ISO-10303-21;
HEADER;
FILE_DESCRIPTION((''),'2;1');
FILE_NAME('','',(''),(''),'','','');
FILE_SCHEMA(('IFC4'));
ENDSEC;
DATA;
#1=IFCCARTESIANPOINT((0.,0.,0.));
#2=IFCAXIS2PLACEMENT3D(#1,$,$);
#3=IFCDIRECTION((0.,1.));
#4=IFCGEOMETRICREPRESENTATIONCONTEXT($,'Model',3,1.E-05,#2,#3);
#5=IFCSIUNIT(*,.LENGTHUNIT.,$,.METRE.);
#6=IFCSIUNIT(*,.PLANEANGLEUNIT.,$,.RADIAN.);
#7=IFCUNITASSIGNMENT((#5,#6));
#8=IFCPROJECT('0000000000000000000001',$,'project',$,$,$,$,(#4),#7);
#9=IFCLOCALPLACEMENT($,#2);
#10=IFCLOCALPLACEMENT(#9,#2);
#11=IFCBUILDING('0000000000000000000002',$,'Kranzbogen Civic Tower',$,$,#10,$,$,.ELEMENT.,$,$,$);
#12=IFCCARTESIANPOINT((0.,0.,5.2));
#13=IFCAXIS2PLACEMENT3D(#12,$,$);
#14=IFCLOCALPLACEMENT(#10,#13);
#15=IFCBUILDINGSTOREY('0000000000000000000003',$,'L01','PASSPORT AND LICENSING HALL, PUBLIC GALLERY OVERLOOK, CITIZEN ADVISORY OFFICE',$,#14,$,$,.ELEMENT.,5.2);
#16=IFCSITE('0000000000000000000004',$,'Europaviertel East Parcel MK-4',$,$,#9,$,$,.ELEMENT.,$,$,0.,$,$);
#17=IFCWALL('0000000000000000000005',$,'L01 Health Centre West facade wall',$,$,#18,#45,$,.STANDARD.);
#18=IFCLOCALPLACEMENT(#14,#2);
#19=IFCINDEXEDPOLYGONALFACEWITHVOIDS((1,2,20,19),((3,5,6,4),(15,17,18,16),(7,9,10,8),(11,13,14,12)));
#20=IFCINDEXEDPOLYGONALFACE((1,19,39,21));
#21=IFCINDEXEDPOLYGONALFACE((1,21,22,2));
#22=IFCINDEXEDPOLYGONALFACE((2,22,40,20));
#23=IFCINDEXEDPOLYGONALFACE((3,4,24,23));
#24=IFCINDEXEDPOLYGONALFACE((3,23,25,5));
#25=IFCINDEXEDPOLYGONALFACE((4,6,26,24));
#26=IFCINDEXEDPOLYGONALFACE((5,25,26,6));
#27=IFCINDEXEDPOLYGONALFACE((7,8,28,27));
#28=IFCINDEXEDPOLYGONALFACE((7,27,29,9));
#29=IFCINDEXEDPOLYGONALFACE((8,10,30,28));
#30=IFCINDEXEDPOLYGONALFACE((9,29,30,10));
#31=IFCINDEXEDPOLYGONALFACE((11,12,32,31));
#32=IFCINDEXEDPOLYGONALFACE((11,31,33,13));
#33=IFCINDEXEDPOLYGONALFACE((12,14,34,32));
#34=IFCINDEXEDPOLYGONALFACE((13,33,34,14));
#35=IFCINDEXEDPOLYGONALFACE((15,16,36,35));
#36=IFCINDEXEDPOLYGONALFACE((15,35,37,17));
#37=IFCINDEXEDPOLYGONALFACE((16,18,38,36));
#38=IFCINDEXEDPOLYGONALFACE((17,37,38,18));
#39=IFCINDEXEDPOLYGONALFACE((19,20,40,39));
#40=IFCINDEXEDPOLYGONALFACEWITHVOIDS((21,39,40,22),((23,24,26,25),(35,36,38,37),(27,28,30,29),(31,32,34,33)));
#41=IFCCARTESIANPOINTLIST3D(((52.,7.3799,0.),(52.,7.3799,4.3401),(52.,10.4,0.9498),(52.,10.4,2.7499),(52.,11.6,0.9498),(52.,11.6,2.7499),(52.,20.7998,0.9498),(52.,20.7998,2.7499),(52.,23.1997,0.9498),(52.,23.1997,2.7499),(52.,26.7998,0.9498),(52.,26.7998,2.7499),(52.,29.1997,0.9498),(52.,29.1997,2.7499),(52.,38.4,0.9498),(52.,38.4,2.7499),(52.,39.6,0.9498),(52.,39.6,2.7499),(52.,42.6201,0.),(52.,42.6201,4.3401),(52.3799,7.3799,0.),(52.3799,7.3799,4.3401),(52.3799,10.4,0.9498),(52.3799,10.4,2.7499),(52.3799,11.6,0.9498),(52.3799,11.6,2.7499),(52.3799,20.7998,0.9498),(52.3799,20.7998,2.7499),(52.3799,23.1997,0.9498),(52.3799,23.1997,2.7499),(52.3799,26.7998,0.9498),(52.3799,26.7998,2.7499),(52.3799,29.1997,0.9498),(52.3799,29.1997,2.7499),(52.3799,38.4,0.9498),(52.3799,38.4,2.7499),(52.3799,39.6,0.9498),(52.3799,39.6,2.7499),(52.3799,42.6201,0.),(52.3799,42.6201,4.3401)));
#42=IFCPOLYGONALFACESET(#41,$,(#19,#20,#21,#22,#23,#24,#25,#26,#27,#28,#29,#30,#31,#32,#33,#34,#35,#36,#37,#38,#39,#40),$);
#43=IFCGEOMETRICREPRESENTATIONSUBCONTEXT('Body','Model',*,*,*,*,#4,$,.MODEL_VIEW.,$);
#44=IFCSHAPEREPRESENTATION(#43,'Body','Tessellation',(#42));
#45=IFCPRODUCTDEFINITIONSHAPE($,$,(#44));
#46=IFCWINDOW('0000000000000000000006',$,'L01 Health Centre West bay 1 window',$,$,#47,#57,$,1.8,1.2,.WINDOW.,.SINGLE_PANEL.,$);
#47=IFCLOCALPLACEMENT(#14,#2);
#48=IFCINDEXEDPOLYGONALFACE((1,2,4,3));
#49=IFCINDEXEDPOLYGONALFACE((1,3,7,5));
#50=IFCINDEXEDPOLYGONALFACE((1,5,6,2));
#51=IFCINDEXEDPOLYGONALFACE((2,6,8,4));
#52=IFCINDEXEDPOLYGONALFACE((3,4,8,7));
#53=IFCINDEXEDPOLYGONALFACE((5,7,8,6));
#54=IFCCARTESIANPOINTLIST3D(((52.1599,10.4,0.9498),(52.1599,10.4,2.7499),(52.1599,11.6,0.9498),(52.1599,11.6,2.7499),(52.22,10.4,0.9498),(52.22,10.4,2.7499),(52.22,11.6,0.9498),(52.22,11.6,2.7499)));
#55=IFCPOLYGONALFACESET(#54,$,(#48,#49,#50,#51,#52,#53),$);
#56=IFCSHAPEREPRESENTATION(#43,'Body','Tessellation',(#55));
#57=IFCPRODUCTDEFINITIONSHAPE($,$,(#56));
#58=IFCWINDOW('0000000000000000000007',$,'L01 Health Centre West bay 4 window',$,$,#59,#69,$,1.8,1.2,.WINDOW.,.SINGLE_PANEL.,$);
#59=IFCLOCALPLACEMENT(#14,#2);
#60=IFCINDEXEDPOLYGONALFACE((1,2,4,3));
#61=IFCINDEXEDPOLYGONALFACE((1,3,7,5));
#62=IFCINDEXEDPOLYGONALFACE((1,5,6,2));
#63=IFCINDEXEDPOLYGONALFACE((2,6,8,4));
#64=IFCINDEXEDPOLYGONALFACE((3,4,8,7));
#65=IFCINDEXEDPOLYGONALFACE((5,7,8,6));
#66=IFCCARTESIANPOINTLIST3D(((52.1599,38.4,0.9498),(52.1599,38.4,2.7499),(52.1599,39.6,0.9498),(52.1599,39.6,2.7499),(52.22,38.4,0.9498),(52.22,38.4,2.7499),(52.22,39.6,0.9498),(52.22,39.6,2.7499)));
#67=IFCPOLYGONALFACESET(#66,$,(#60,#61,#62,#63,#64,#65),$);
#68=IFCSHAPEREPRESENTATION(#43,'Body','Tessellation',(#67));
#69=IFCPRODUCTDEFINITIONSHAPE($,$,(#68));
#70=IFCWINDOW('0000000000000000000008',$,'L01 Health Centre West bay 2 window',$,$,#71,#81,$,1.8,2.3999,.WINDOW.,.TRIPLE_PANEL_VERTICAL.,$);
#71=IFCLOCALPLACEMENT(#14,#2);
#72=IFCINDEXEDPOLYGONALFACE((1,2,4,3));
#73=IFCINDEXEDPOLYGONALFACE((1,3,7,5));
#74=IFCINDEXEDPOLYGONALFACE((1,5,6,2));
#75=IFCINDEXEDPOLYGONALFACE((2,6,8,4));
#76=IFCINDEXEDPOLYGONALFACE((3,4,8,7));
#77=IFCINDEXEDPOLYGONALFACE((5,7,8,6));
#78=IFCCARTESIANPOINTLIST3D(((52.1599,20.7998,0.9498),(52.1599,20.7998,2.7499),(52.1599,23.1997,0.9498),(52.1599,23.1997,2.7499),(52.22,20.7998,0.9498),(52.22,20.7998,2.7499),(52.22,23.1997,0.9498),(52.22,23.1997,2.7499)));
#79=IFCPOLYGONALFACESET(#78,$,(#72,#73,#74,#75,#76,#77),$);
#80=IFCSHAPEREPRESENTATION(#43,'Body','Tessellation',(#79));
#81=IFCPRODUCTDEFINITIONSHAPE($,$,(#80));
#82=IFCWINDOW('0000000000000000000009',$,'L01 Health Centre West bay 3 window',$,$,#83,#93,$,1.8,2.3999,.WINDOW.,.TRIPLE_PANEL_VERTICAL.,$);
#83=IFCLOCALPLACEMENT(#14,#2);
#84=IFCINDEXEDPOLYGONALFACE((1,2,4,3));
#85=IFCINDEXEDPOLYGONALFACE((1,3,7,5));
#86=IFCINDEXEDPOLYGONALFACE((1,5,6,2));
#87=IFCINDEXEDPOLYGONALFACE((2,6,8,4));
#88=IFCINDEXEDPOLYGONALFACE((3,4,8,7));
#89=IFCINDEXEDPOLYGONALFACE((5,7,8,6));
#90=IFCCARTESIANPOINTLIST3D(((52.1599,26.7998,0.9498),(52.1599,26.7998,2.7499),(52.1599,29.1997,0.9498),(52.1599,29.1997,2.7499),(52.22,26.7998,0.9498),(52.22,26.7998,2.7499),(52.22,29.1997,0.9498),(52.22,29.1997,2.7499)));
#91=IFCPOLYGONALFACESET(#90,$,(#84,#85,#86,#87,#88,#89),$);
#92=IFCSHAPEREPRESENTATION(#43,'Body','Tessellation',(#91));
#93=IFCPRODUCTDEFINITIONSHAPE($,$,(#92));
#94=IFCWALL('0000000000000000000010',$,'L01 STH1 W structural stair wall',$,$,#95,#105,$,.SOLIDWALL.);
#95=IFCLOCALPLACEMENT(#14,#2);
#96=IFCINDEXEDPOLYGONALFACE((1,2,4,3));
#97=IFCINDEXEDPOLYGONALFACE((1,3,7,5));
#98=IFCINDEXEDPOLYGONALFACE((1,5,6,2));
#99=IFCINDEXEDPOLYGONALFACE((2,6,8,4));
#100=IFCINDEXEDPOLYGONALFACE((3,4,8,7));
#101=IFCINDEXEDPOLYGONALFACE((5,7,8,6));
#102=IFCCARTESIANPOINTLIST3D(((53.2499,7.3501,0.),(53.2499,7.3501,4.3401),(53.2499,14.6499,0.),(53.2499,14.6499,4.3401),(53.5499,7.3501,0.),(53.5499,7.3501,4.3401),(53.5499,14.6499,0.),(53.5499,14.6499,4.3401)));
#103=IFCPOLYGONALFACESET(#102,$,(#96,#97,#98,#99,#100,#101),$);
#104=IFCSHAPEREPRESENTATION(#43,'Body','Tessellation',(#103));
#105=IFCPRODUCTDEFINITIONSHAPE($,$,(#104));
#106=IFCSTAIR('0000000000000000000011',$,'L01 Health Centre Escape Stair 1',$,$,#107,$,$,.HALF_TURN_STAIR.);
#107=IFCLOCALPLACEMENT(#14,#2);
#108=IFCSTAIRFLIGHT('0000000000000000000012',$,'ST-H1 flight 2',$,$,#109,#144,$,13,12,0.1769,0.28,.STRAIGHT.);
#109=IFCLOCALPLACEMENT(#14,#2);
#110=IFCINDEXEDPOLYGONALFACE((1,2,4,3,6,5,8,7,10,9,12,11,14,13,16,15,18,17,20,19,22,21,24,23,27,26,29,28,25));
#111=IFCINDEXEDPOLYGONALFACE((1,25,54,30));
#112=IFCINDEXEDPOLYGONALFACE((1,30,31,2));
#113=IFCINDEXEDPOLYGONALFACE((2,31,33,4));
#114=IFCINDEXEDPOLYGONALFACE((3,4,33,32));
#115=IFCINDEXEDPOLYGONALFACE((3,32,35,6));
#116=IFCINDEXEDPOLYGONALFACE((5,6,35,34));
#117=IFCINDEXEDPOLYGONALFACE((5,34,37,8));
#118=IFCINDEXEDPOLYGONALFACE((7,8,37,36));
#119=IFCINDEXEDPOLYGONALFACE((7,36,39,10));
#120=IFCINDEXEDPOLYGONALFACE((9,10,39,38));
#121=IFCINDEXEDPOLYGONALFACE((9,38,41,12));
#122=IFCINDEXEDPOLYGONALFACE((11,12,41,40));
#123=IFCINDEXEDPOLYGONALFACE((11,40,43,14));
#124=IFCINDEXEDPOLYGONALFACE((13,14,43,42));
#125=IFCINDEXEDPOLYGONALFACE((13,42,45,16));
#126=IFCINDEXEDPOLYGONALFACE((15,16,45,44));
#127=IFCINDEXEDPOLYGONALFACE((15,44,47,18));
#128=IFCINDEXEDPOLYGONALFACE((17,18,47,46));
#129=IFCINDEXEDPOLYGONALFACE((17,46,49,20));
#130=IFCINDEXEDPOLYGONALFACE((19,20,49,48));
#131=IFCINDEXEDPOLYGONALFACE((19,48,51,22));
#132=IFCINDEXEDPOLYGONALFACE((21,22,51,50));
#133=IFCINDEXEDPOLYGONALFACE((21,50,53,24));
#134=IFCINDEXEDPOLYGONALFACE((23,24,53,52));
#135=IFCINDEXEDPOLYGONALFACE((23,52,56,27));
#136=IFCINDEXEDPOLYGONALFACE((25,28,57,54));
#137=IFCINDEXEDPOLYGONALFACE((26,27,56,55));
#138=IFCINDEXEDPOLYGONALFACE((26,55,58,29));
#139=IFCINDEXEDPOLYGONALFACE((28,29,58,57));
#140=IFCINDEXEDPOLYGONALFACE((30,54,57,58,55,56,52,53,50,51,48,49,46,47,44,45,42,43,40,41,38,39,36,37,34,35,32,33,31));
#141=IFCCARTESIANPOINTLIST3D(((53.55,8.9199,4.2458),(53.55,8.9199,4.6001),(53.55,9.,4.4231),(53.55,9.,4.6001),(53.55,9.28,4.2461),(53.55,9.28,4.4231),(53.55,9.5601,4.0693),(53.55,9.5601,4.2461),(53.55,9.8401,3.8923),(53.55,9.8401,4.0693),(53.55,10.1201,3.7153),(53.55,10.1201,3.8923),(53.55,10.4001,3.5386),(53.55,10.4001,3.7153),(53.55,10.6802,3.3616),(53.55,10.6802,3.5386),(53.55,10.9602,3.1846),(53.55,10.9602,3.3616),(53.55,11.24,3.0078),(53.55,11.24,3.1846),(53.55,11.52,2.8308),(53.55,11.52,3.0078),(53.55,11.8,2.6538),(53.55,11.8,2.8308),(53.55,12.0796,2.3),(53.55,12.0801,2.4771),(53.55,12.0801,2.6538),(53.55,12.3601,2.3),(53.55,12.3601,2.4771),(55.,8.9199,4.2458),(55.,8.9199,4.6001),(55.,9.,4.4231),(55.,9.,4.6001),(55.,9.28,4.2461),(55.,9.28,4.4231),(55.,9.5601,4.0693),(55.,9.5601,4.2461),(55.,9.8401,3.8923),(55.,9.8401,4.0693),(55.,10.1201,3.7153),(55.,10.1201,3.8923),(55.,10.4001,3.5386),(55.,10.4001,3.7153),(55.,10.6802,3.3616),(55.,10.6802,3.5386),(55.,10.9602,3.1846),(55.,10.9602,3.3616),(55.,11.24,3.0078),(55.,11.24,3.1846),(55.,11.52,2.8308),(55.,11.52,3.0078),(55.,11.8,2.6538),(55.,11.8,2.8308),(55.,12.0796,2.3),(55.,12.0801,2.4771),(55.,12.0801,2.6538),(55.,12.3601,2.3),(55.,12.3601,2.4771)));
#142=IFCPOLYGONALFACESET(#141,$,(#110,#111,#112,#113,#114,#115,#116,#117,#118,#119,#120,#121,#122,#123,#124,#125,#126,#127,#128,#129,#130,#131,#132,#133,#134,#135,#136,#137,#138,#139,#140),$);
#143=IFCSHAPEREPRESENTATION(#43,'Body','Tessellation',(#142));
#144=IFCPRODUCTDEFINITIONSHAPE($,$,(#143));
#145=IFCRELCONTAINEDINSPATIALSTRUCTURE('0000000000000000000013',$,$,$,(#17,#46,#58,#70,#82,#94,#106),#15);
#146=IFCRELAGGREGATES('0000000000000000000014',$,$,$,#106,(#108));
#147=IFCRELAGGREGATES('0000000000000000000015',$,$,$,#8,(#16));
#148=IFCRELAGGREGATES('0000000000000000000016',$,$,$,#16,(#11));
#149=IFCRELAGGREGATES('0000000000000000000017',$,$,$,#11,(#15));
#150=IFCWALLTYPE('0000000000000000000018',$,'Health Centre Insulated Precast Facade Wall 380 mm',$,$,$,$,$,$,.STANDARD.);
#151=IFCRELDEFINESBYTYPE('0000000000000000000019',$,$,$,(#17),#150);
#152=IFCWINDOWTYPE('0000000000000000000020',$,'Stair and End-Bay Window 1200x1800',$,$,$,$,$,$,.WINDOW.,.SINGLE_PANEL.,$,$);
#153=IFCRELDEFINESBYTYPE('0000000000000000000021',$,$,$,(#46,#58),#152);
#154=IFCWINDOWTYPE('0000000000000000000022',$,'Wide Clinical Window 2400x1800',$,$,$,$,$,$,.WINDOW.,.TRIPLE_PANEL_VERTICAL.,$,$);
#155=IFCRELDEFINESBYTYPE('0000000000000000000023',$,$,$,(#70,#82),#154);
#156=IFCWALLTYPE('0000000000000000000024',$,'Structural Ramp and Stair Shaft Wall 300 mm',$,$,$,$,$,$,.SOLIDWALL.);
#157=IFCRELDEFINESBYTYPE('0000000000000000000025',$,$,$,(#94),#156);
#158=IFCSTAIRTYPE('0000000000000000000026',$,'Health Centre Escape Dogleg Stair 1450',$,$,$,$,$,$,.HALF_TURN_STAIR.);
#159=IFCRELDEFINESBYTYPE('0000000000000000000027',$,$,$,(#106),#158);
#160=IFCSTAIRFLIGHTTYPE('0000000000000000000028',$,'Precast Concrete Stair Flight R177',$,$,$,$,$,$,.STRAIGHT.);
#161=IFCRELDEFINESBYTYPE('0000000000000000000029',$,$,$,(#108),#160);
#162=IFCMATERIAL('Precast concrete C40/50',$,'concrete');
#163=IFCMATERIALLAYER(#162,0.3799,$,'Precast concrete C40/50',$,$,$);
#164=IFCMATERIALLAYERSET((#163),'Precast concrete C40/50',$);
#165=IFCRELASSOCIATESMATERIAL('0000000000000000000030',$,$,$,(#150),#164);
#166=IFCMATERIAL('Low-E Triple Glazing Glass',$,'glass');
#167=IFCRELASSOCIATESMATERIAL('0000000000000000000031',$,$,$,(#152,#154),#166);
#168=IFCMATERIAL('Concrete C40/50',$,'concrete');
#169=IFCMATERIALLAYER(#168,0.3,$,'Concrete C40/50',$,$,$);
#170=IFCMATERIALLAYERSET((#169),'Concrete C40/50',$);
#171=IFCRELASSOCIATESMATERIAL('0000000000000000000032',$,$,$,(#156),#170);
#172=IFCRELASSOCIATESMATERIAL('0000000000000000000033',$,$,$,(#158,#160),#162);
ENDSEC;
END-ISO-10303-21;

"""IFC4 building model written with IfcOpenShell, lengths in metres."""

from ifc_helpers import new_model, si_unit, direction, frame, frame_2d, origin, place, context, subcontext, project, spatial, polyline, rectangle, outline, extrude, material, layer, layer_set, type_object, element, fill, aggregate, save


model = new_model("IFC4")

# Units and contexts
model_context = context("Model", 3, precision=1e-05, world=origin(), true_north=direction((0.0, 1.0)))
body_context = subcontext(model_context, "Body", "Model", "MODEL_VIEW")
ifc_project = project(units=[si_unit("LENGTHUNIT", "METRE"), si_unit("PLANEANGLEUNIT", "RADIAN")], contexts=[model_context])

# Site, building, storey
site_placement = place(None, origin())
site = spatial("IfcSite", under=ifc_project, at=site_placement, Name="Europaviertel East Parcel MK-4", CompositionType="ELEMENT", RefElevation=0.0)
building_placement = place(site_placement, origin())
building = spatial("IfcBuilding", under=site, at=building_placement, Name="Kranzbogen Civic Tower", CompositionType="ELEMENT")
storey_placement = place(building_placement, frame((0.0, 0.0, 5.2)))
storey = spatial("IfcBuildingStorey", under=building, at=storey_placement, Name="L01", Description="PASSPORT AND LICENSING HALL, PUBLIC GALLERY OVERLOOK, CITIZEN ADVISORY OFFICE", CompositionType="ELEMENT", Elevation=5.2)

# Shared definitions
ifc_material_1 = material(Name="Concrete C40/50", Category="concrete")

# Shared definitions
ifc_material_2 = material(Name="Low-E Triple Glazing Glass", Category="glass")

# Wall, openings, windows
ifc_material_3 = material(Name="Precast concrete C40/50", Category="concrete")
ifc_layer_1 = layer(ifc_material_3, 0.3799, Name="Precast concrete C40/50")
ifc_layer_set_1 = layer_set([ifc_layer_1], Name="Precast concrete C40/50")
wall_type_1 = type_object("IfcWallType", Name="Health Centre Insulated Precast Facade Wall 380 mm", PredefinedType="STANDARD", material=ifc_layer_set_1)
wall_1_placement = place(storey_placement, frame((52.1899, 7.3799, 0.0), z_axis=(0.0, 0.0, 1.0), x_axis=(0.0, 1.0, 0.0)))
wall_1 = element("IfcWall", 1, at=wall_1_placement, inside=storey, type_object=wall_type_1, Name="L01 Health Centre West facade wall", PredefinedType="STANDARD", context=body_context, shape_type="SweptSolid", body=[
    extrude(rectangle(XDim=35.2402, YDim=0.3799, at=frame_2d((17.6201, 0.0))), origin(), (0.0, 0.0, 1.0), 4.3401),
])
opening_1_placement = place(wall_1_placement, frame((3.02, 0.0, 0.95)))
opening_1 = element("IfcOpeningElement", 2, at=opening_1_placement, cuts=wall_1, PredefinedType="OPENING", context=body_context, shape_type="SweptSolid", body=[
    extrude(rectangle(XDim=1.2, YDim=1.8, at=frame_2d((0.6001, 0.8999))), frame((0.0, 0.2, 0.0), z_axis=(0.0, -1.0, 0.0), x_axis=(1.0, 0.0, 0.0)), (0.0, 0.0, 1.0), 0.3999),
])
opening_2_placement = place(wall_1_placement, frame((13.4199, 0.0, 0.95)))
opening_2 = element("IfcOpeningElement", 3, at=opening_2_placement, cuts=wall_1, PredefinedType="OPENING", context=body_context, shape_type="SweptSolid", body=[
    extrude(rectangle(XDim=2.3999, YDim=1.8, at=frame_2d((1.2, 0.8999))), frame((0.0, 0.2, 0.0), z_axis=(0.0, -1.0, 0.0), x_axis=(1.0, 0.0, 0.0)), (0.0, 0.0, 1.0), 0.3999),
])
opening_3_placement = place(wall_1_placement, frame((19.4199, 0.0, 0.95)))
opening_3 = element("IfcOpeningElement", 4, at=opening_3_placement, cuts=wall_1, PredefinedType="OPENING", context=body_context, shape_type="SweptSolid", body=[
    extrude(rectangle(XDim=2.3999, YDim=1.8, at=frame_2d((1.2, 0.8999))), frame((0.0, 0.2, 0.0), z_axis=(0.0, -1.0, 0.0), x_axis=(1.0, 0.0, 0.0)), (0.0, 0.0, 1.0), 0.3999),
])
opening_4_placement = place(wall_1_placement, frame((31.02, 0.0, 0.95)))
opening_4 = element("IfcOpeningElement", 5, at=opening_4_placement, cuts=wall_1, PredefinedType="OPENING", context=body_context, shape_type="SweptSolid", body=[
    extrude(rectangle(XDim=1.2, YDim=1.8, at=frame_2d((0.6001, 0.8999))), frame((0.0, 0.2, 0.0), z_axis=(0.0, -1.0, 0.0), x_axis=(1.0, 0.0, 0.0)), (0.0, 0.0, 1.0), 0.3999),
])
window_type_1 = type_object("IfcWindowType", Name="Stair and End-Bay Window 1200x1800", PartitioningType="SINGLE_PANEL", PredefinedType="WINDOW", material=ifc_material_2)
window_1_placement = place(opening_1_placement, origin())
window_1 = element("IfcWindow", 6, at=window_1_placement, inside=storey, type_object=window_type_1, Name="L01 Health Centre West bay 1 window", OverallHeight=1.8, OverallWidth=1.2, PartitioningType="SINGLE_PANEL", PredefinedType="WINDOW", context=body_context, shape_type="SweptSolid", body=[
    extrude(rectangle(XDim=1.2, YDim=1.8, at=frame_2d((0.6001, 0.8999))), frame((0.0, 0.03, 0.0), z_axis=(0.0, -1.0, 0.0), x_axis=(1.0, 0.0, 0.0)), (0.0, 0.0, 1.0), 0.0601),
])
fill(opening_1, window_1)
window_2_placement = place(opening_4_placement, origin())
window_2 = element("IfcWindow", 7, at=window_2_placement, inside=storey, type_object=window_type_1, Name="L01 Health Centre West bay 4 window", OverallHeight=1.8, OverallWidth=1.2, PartitioningType="SINGLE_PANEL", PredefinedType="WINDOW", context=body_context, shape_type="SweptSolid", body=[
    extrude(rectangle(XDim=1.2, YDim=1.8, at=frame_2d((0.6001, 0.8999))), frame((0.0, 0.03, 0.0), z_axis=(0.0, -1.0, 0.0), x_axis=(1.0, 0.0, 0.0)), (0.0, 0.0, 1.0), 0.0601),
])
fill(opening_4, window_2)
window_type_2 = type_object("IfcWindowType", Name="Wide Clinical Window 2400x1800", PartitioningType="TRIPLE_PANEL_VERTICAL", PredefinedType="WINDOW", material=ifc_material_2)
window_3_placement = place(opening_2_placement, origin())
window_3 = element("IfcWindow", 8, at=window_3_placement, inside=storey, type_object=window_type_2, Name="L01 Health Centre West bay 2 window", OverallHeight=1.8, OverallWidth=2.3999, PartitioningType="TRIPLE_PANEL_VERTICAL", PredefinedType="WINDOW", context=body_context, shape_type="SweptSolid", body=[
    extrude(rectangle(XDim=2.3999, YDim=1.8, at=frame_2d((1.2, 0.8999))), frame((0.0, 0.03, 0.0), z_axis=(0.0, -1.0, 0.0), x_axis=(1.0, 0.0, 0.0)), (0.0, 0.0, 1.0), 0.0601),
])
fill(opening_2, window_3)
window_4_placement = place(opening_3_placement, origin())
window_4 = element("IfcWindow", 9, at=window_4_placement, inside=storey, type_object=window_type_2, Name="L01 Health Centre West bay 3 window", OverallHeight=1.8, OverallWidth=2.3999, PartitioningType="TRIPLE_PANEL_VERTICAL", PredefinedType="WINDOW", context=body_context, shape_type="SweptSolid", body=[
    extrude(rectangle(XDim=2.3999, YDim=1.8, at=frame_2d((1.2, 0.8999))), frame((0.0, 0.03, 0.0), z_axis=(0.0, -1.0, 0.0), x_axis=(1.0, 0.0, 0.0)), (0.0, 0.0, 1.0), 0.0601),
])
fill(opening_3, window_4)

# Wall
ifc_layer_2 = layer(ifc_material_1, 0.3, Name="Concrete C40/50")
ifc_layer_set_2 = layer_set([ifc_layer_2], Name="Concrete C40/50")
wall_type_2 = type_object("IfcWallType", Name="Structural Ramp and Stair Shaft Wall 300 mm", PredefinedType="SOLIDWALL", material=ifc_layer_set_2)
wall_2_placement = place(storey_placement, frame((53.3999, 7.3501, 0.0), z_axis=(0.0, 0.0, 1.0), x_axis=(0.0, 1.0, 0.0)))
element("IfcWall", 10, at=wall_2_placement, inside=storey, type_object=wall_type_2, Name="L01 STH1 W structural stair wall", PredefinedType="SOLIDWALL", context=body_context, shape_type="SweptSolid", body=[
    extrude(rectangle(XDim=7.2998, YDim=0.3, at=frame_2d((3.6499, 0.0))), origin(), (0.0, 0.0, 1.0), 4.3401),
])

# Stair, stair flight
stair_type = type_object("IfcStairType", Name="Health Centre Escape Dogleg Stair 1450", PredefinedType="HALF_TURN_STAIR", material=ifc_material_3)
stair_placement = place(storey_placement, origin())
stair = element("IfcStair", 11, at=stair_placement, inside=storey, type_object=stair_type, Name="L01 Health Centre Escape Stair 1", PredefinedType="HALF_TURN_STAIR")
stair_flight_type = type_object("IfcStairFlightType", Name="Precast Concrete Stair Flight R177", PredefinedType="STRAIGHT", material=ifc_material_3)
stair_flight_placement = place(storey_placement, frame((54.2749, 12.3601, 2.3), z_axis=(0.0, 0.0, 1.0), x_axis=(0.0, -1.0, 0.0)))
stair_flight = element("IfcStairFlight", 12, at=stair_flight_placement, type_object=stair_flight_type, Name="ST-H1 flight 2", NumberOfRisers=13, NumberOfTreads=12, PredefinedType="STRAIGHT", RiserHeight=0.1769, TreadLength=0.28, context=body_context, shape_type="SweptSolid", body=[
    extrude(outline(polyline([(0.0, 0.0), (0.0, 0.177), (0.28, 0.177), (0.28, 0.3538), (0.5601, 0.3538), (0.5601, 0.5308), (0.8401, 0.5308), (0.8401, 0.7078), (1.1201, 0.7078), (1.1201, 0.8845), (1.3999, 0.8845), (1.3999, 1.0615), (1.6799, 1.0615), (1.6799, 1.2385), (1.96, 1.2385), (1.96, 1.4153), (2.24, 1.4153), (2.24, 1.5923), (2.52, 1.5923), (2.52, 1.7693), (2.8, 1.7693), (2.8, 1.946), (3.0801, 1.946), (3.0801, 2.123), (3.3601, 2.123), (3.3601, 2.3), (3.4402, 2.3), (3.4402, 1.9458), (0.2805, 0.0), (0.0, 0.0)])), frame((0.0, 0.7251, 0.0), z_axis=(0.0, -1.0, 0.0), x_axis=(1.0, 0.0, 0.0)), (0.0, 0.0, 1.0), 1.45),
])
aggregate(stair, [stair_flight])

save(model, "model.ifc")
